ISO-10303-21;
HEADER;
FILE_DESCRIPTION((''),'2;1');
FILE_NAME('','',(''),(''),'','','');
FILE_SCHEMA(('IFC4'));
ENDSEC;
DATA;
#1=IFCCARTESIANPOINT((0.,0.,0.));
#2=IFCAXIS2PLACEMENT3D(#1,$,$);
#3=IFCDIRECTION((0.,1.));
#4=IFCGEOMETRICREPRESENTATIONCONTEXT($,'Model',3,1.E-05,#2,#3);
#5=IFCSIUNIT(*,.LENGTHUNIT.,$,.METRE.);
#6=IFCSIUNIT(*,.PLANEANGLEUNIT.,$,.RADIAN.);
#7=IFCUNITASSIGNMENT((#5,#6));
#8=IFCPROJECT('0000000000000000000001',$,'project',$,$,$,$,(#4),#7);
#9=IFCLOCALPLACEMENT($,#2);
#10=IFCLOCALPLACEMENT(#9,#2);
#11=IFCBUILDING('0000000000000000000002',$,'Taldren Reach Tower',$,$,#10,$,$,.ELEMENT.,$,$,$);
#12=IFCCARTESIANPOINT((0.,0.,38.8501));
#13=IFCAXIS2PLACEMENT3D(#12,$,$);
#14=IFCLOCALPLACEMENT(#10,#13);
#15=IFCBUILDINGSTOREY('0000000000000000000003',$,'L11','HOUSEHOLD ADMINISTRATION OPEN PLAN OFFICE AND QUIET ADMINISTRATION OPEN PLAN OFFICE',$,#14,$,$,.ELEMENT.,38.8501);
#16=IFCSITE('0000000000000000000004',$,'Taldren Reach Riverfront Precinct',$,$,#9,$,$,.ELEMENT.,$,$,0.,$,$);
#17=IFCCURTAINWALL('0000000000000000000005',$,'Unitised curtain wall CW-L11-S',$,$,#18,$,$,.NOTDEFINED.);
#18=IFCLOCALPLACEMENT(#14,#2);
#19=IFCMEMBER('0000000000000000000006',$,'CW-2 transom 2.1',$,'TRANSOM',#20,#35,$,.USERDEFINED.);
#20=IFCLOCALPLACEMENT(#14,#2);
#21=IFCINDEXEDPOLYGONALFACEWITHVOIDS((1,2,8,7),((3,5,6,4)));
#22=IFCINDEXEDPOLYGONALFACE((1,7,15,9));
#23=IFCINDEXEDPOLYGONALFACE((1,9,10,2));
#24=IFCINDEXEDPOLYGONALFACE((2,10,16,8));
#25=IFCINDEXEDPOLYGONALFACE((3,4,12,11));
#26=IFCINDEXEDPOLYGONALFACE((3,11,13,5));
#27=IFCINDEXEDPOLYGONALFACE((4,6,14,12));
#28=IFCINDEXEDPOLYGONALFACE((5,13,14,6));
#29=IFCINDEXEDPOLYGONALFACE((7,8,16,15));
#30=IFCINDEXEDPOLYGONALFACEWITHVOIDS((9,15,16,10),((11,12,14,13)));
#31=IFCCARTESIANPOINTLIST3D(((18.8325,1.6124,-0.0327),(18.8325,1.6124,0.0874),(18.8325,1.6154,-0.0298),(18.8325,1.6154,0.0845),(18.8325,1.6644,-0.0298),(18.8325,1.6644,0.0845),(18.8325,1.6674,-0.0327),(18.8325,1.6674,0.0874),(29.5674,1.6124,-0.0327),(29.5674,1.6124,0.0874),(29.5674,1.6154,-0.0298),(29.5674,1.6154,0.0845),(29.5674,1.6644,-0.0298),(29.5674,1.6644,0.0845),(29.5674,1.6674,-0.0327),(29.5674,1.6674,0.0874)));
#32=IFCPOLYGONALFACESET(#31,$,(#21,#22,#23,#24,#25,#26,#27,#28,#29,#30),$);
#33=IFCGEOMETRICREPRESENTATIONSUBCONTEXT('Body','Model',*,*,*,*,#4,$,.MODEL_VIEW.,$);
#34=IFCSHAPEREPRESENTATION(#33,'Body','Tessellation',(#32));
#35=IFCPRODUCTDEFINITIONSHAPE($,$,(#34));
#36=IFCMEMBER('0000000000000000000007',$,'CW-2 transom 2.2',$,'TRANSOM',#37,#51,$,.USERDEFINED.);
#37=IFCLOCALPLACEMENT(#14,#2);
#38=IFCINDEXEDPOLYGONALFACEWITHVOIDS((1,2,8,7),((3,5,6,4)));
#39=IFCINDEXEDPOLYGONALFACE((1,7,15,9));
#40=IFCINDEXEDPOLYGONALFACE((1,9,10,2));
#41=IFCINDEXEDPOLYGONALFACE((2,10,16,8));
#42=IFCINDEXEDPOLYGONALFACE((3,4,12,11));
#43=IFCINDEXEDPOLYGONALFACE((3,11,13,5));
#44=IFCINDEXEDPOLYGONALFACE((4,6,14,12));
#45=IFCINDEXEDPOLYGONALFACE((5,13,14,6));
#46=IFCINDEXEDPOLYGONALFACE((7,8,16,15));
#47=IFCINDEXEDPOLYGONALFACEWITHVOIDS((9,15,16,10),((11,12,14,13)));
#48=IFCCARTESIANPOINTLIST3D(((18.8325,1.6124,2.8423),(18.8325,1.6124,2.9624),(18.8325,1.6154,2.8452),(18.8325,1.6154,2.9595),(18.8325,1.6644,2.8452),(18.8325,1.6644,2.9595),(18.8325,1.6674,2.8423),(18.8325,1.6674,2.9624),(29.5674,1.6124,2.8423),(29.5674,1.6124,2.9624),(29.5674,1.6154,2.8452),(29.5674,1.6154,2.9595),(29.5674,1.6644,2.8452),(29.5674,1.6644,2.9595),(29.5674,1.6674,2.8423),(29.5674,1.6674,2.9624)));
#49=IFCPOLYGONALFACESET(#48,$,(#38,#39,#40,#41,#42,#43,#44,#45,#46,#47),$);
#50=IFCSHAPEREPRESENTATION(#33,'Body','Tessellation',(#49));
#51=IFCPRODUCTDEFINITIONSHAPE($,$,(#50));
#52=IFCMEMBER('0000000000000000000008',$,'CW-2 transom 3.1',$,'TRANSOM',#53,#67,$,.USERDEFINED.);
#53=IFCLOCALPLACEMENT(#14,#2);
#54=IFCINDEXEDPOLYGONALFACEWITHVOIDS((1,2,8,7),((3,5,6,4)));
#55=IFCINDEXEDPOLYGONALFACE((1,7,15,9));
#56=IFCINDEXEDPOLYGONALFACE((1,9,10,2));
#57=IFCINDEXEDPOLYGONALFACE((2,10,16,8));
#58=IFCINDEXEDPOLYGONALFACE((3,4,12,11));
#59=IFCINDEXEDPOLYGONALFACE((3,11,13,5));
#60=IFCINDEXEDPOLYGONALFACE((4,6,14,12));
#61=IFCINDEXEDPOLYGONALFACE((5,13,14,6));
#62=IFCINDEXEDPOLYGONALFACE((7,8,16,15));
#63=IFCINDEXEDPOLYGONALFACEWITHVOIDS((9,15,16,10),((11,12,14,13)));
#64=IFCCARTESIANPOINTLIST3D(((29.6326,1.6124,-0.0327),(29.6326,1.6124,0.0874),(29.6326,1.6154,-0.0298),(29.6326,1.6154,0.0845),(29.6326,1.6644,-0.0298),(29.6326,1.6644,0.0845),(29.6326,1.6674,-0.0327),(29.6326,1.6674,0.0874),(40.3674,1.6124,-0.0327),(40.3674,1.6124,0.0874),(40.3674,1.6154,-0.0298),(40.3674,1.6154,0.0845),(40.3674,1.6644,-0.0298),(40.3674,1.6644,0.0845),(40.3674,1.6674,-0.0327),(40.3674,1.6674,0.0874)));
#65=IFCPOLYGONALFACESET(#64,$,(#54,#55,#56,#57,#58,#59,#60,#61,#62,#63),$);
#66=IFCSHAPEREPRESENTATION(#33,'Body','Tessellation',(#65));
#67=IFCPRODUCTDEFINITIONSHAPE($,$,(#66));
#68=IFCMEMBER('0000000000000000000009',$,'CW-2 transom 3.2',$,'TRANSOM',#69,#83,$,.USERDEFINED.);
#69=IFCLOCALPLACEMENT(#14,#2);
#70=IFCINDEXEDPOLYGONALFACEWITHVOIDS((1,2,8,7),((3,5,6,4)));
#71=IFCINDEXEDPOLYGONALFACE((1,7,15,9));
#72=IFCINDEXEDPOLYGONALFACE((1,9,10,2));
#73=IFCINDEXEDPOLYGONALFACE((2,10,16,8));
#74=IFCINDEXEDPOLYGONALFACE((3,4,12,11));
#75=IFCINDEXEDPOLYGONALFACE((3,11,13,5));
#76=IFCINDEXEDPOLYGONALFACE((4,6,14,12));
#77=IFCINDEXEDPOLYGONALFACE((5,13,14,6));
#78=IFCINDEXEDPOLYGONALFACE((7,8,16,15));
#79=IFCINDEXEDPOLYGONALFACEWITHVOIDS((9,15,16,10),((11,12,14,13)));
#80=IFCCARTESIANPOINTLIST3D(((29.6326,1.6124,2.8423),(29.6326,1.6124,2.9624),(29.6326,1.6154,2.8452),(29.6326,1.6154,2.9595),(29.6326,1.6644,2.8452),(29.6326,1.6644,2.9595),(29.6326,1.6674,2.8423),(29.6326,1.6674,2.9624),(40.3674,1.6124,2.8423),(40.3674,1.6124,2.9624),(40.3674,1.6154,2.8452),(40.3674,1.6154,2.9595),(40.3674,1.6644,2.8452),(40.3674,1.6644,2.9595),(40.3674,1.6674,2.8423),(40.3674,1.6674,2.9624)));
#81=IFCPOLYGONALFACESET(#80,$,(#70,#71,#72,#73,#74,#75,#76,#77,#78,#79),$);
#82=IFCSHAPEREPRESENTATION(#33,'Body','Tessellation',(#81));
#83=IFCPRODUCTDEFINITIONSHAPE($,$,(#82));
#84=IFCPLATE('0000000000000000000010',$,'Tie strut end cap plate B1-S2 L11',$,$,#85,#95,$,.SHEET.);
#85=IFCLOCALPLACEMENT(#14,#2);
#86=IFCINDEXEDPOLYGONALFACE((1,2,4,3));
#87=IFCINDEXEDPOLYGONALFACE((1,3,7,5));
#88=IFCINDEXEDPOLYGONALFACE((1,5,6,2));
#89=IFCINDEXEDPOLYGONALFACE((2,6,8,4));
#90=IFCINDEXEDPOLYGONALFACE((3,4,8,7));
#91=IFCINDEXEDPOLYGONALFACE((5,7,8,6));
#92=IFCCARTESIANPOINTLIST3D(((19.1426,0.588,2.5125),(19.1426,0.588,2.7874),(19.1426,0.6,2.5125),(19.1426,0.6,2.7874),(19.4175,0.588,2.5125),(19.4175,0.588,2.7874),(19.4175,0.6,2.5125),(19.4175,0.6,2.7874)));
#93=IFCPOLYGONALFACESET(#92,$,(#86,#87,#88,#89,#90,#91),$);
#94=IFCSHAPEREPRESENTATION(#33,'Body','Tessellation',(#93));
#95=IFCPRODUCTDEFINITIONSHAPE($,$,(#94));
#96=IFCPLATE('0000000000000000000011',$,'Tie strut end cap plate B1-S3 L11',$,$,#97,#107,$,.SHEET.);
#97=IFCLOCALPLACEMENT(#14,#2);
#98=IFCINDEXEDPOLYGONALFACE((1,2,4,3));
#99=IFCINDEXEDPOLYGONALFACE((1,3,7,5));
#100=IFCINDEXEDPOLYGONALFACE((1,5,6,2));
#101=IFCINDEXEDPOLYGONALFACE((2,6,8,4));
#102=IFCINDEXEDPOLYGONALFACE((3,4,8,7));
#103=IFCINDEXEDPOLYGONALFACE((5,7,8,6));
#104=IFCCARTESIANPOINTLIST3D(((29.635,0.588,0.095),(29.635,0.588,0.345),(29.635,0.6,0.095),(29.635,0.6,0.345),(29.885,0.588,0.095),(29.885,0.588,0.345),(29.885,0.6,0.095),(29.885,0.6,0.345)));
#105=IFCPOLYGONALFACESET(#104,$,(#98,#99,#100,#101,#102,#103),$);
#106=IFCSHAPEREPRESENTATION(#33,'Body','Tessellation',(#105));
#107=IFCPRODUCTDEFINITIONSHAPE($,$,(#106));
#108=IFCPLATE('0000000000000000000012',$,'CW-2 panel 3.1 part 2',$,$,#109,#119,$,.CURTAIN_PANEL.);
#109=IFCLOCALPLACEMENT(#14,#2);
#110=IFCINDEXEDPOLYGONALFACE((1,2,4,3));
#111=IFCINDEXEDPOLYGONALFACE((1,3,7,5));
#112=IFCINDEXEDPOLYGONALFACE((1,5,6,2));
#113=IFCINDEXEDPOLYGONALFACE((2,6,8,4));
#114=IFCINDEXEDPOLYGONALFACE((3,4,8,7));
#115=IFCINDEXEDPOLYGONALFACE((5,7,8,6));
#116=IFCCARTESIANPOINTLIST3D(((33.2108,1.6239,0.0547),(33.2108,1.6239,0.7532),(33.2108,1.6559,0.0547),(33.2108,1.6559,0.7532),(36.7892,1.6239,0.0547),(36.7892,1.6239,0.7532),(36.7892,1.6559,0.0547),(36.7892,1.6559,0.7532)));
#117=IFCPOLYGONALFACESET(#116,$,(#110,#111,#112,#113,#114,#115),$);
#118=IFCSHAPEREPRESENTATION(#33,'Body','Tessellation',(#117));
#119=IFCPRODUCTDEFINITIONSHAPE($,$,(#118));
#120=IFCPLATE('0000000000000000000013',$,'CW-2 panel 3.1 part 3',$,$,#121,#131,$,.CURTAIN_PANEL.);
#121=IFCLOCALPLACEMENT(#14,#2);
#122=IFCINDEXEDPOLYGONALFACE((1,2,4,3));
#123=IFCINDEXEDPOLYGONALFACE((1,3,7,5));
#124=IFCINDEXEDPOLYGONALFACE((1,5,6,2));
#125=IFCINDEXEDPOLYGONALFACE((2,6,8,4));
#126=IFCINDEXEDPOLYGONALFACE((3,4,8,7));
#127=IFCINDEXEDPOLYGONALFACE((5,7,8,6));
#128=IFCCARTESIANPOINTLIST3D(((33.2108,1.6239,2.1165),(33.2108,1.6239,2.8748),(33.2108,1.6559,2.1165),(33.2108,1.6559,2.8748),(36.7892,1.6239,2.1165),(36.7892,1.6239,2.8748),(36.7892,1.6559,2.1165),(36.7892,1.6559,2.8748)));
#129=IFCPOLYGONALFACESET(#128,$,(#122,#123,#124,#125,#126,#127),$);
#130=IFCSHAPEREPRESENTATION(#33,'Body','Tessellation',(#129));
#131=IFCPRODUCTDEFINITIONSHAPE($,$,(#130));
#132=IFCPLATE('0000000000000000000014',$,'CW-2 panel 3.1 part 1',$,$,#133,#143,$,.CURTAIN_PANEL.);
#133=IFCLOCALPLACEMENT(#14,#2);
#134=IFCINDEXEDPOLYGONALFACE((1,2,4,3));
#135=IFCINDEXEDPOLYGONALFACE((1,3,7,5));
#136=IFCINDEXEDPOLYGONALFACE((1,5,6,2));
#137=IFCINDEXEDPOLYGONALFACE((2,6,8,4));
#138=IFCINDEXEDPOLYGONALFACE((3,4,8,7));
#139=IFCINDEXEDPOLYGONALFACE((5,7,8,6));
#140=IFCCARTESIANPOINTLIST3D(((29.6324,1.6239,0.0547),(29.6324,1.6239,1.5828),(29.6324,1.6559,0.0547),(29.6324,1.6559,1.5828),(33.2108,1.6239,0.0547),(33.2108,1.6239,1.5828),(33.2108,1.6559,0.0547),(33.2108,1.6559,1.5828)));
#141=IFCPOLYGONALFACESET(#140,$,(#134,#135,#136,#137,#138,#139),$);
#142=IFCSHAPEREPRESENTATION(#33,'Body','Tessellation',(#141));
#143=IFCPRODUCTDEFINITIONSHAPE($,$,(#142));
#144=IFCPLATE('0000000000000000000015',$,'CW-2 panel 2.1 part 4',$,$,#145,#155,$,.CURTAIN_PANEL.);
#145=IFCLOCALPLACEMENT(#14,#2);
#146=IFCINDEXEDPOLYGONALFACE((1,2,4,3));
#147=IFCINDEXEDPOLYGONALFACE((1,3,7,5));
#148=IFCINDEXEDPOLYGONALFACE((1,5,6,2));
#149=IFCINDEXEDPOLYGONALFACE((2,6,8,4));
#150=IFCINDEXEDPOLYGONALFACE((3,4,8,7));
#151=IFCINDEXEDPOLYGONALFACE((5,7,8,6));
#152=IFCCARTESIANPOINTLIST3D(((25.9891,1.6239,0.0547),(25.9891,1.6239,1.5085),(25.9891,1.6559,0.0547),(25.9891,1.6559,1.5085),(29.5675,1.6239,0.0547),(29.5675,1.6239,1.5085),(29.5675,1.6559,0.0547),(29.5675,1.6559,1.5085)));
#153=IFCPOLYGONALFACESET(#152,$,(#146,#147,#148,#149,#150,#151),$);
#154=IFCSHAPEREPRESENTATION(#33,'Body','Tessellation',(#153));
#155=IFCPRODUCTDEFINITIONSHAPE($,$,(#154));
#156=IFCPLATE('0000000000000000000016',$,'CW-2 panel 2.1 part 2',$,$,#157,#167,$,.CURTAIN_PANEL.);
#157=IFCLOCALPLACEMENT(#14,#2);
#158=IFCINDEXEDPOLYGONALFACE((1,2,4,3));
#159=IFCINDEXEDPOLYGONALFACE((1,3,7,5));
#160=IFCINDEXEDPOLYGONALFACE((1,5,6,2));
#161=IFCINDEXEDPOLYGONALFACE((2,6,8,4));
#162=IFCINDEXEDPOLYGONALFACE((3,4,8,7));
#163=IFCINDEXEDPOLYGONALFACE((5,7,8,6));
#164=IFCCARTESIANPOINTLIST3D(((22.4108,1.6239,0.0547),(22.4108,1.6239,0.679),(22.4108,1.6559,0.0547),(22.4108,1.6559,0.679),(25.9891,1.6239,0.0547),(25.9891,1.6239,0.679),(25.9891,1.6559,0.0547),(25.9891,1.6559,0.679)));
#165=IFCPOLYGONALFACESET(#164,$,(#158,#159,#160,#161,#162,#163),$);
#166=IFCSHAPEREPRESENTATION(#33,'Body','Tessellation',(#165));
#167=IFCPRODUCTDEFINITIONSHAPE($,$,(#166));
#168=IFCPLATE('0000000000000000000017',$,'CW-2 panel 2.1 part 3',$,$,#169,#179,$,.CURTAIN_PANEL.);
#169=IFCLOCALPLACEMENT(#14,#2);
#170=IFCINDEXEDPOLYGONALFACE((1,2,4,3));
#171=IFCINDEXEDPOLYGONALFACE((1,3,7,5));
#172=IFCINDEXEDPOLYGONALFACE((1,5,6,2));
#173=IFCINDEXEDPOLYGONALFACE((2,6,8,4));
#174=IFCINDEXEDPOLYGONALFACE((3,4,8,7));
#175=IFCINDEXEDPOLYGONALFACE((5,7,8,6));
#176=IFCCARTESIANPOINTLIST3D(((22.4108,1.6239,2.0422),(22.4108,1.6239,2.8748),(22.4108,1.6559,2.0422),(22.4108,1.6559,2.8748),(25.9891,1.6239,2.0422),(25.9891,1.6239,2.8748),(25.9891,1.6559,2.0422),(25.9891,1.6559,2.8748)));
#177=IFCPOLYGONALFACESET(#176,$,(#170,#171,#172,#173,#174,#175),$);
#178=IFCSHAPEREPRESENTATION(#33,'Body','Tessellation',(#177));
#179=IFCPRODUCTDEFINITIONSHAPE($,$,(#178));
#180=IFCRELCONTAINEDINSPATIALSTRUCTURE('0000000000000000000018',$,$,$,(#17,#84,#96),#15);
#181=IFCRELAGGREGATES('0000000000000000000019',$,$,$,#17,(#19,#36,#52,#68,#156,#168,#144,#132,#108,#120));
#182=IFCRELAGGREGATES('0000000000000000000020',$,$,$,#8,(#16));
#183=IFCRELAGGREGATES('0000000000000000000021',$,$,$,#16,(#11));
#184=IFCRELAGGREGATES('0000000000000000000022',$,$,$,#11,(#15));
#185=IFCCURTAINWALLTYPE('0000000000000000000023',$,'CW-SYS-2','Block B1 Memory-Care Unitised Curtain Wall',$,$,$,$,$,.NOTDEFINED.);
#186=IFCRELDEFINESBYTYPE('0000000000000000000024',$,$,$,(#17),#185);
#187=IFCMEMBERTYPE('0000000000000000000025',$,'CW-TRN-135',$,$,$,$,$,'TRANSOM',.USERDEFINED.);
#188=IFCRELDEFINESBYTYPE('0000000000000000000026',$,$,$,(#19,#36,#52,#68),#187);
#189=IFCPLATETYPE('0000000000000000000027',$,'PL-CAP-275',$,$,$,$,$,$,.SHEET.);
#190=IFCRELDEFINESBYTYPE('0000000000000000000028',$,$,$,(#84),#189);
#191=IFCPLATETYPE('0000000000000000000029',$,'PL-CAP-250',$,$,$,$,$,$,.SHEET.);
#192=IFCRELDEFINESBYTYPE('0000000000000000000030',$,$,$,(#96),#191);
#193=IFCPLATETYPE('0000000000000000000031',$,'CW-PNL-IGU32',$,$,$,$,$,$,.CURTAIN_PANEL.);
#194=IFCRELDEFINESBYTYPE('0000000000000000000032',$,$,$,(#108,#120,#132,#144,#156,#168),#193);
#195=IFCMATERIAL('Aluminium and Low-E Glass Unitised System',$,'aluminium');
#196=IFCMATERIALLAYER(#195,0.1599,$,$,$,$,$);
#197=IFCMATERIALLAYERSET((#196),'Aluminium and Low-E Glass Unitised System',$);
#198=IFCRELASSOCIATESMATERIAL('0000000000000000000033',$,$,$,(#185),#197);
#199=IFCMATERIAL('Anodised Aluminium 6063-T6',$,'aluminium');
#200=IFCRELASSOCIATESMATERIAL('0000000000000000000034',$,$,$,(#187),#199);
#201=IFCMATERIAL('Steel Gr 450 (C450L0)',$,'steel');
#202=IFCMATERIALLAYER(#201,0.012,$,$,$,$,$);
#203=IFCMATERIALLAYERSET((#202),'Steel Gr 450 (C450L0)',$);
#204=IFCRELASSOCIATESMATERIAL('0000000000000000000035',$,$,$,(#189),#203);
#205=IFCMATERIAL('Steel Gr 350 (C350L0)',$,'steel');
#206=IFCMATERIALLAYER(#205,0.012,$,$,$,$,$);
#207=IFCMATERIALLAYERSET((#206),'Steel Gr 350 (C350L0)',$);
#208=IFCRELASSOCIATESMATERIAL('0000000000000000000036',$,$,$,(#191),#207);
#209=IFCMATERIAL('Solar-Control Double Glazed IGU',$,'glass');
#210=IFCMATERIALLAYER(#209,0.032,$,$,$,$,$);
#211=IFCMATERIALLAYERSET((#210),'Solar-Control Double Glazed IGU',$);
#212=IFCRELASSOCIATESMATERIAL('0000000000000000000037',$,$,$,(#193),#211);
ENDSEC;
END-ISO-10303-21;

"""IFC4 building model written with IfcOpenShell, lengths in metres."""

from ifc_helpers import new_model, si_unit, direction, frame, origin, origin_2d, place, context, subcontext, project, spatial, rectangle, hollow_rectangle, extrude, source, transform, mapped, material, layer, layer_set, material_profile, profile_set, type_object, element, aggregate, save


model = new_model("IFC4")

# Units and contexts
model_context = context("Model", 3, precision=1e-05, world=origin(), true_north=direction((0.0, 1.0)))
body_context = subcontext(model_context, "Body", "Model", "MODEL_VIEW")
ifc_project = project(units=[si_unit("LENGTHUNIT", "METRE"), si_unit("PLANEANGLEUNIT", "RADIAN")], contexts=[model_context])

# Site, building, storey
site_placement = place(None, origin())
site = spatial("IfcSite", under=ifc_project, at=site_placement, Name="Taldren Reach Riverfront Precinct", CompositionType="ELEMENT", RefElevation=0.0)
building_placement = place(site_placement, origin())
building = spatial("IfcBuilding", under=site, at=building_placement, Name="Taldren Reach Tower", CompositionType="ELEMENT")
storey_placement = place(building_placement, frame((0.0, 0.0, 38.8501)))
storey = spatial("IfcBuildingStorey", under=building, at=storey_placement, Name="L11", Description="HOUSEHOLD ADMINISTRATION OPEN PLAN OFFICE AND QUIET ADMINISTRATION OPEN PLAN OFFICE", CompositionType="ELEMENT", Elevation=38.8501)

# Shared definitions
ifc_material_1 = material(Name="Steel Gr 450 (C450L0)", Category="steel")
ifc_material_2 = material(Name="Steel Gr 350 (C350L0)", Category="steel")

# Curtain wall, members
ifc_material_3 = material(Name="Aluminium and Low-E Glass Unitised System", Category="aluminium")
ifc_layer_1 = layer(ifc_material_3, 0.1599)
ifc_layer_set_1 = layer_set([ifc_layer_1], Name="Aluminium and Low-E Glass Unitised System")
curtain_wall_type = type_object("IfcCurtainWallType", Name="CW-SYS-2", Description="Block B1 Memory-Care Unitised Curtain Wall", PredefinedType="NOTDEFINED", material=ifc_layer_set_1)
curtain_wall_placement = place(storey_placement, origin())
curtain_wall = element("IfcCurtainWall", 1, at=curtain_wall_placement, inside=storey, type_object=curtain_wall_type, Name="Unitised curtain wall CW-L11-S", PredefinedType="NOTDEFINED")
ifc_material_4 = material(Name="Anodised Aluminium 6063-T6", Category="aluminium")
ifc_material_profile_1 = material_profile(ifc_material_4, hollow_rectangle(XDim=0.0549, YDim=0.1201, WallThickness=0.0029, at=origin_2d()), Name="ALU-120x55x3RHS")
ifc_profile_set_1 = profile_set([ifc_material_profile_1], Name="Anodised Aluminium 6063-T6")
member_type_1 = type_object("IfcMemberType", Name="CW-TRN-135", ElementType="TRANSOM", PredefinedType="USERDEFINED", material=ifc_profile_set_1)
shared_shape_1 = source(origin(), body_context, "Body", "SweptSolid", [
    extrude(hollow_rectangle(XDim=0.0549, YDim=0.1201, WallThickness=0.0029, at=origin_2d()), origin(), (0.0, 0.0, 1.0), 10.7349),
])
member_1_placement = place(storey_placement, frame((18.8325, 1.6399, 0.0273), z_axis=(1.0, 0.0, 0.0), x_axis=(0.0, 1.0, 0.0)))
member_1 = element("IfcMember", 2, at=member_1_placement, type_object=member_type_1, Name="CW-2 transom 2.1", ObjectType="TRANSOM", PredefinedType="USERDEFINED", context=body_context, shape_type="MappedRepresentation", body=[
    mapped(shared_shape_1, transform((0.0, 0.0, 0.0), scale=1.0)),
])
member_2_placement = place(storey_placement, frame((18.8325, 1.6399, 2.9023), z_axis=(1.0, 0.0, 0.0), x_axis=(0.0, 1.0, 0.0)))
member_2 = element("IfcMember", 3, at=member_2_placement, type_object=member_type_1, Name="CW-2 transom 2.2", ObjectType="TRANSOM", PredefinedType="USERDEFINED", context=body_context, shape_type="MappedRepresentation", body=[
    mapped(shared_shape_1, transform((0.0, 0.0, 0.0), scale=1.0)),
])
member_3_placement = place(storey_placement, frame((29.6326, 1.6399, 0.0273), z_axis=(1.0, 0.0, 0.0), x_axis=(0.0, 1.0, 0.0)))
member_3 = element("IfcMember", 4, at=member_3_placement, type_object=member_type_1, Name="CW-2 transom 3.1", ObjectType="TRANSOM", PredefinedType="USERDEFINED", context=body_context, shape_type="MappedRepresentation", body=[
    mapped(shared_shape_1, transform((0.0, 0.0, 0.0), scale=1.0)),
])
member_4_placement = place(storey_placement, frame((29.6326, 1.6399, 2.9023), z_axis=(1.0, 0.0, 0.0), x_axis=(0.0, 1.0, 0.0)))
member_4 = element("IfcMember", 5, at=member_4_placement, type_object=member_type_1, Name="CW-2 transom 3.2", ObjectType="TRANSOM", PredefinedType="USERDEFINED", context=body_context, shape_type="MappedRepresentation", body=[
    mapped(shared_shape_1, transform((0.0, 0.0, 0.0), scale=1.0)),
])

# Plates
ifc_layer_2 = layer(ifc_material_1, 0.012)
ifc_layer_set_2 = layer_set([ifc_layer_2], Name="Steel Gr 450 (C450L0)")
plate_type_1 = type_object("IfcPlateType", Name="PL-CAP-275", PredefinedType="SHEET", material=ifc_layer_set_2)
shared_shape_2 = source(origin(), body_context, "Body", "SweptSolid", [
    extrude(rectangle(XDim=0.2749, YDim=0.012, at=origin_2d()), origin(), (0.0, 0.0, 1.0), 0.2749),
])
plate_1_placement = place(storey_placement, frame((19.28, 0.594, 2.5125), z_axis=(0.0, 0.0, 1.0), x_axis=(1.0, 0.0, 0.0)))
element("IfcPlate", 6, at=plate_1_placement, inside=storey, type_object=plate_type_1, Name="Tie strut end cap plate B1-S2 L11", PredefinedType="SHEET", context=body_context, shape_type="MappedRepresentation", body=[
    mapped(shared_shape_2, transform((0.0, 0.0, 0.0), scale=1.0)),
])
ifc_layer_3 = layer(ifc_material_2, 0.012)
ifc_layer_set_3 = layer_set([ifc_layer_3], Name="Steel Gr 350 (C350L0)")
plate_type_2 = type_object("IfcPlateType", Name="PL-CAP-250", PredefinedType="SHEET", material=ifc_layer_set_3)
shared_shape_3 = source(origin(), body_context, "Body", "SweptSolid", [
    extrude(rectangle(XDim=0.25, YDim=0.012, at=origin_2d()), origin(), (0.0, 0.0, 1.0), 0.25),
])
plate_2_placement = place(storey_placement, frame((29.76, 0.594, 0.095), z_axis=(0.0, 0.0, 1.0), x_axis=(1.0, 0.0, 0.0)))
element("IfcPlate", 7, at=plate_2_placement, inside=storey, type_object=plate_type_2, Name="Tie strut end cap plate B1-S3 L11", PredefinedType="SHEET", context=body_context, shape_type="MappedRepresentation", body=[
    mapped(shared_shape_3, transform((0.0, 0.0, 0.0), scale=1.0)),
])

# Plates
ifc_material_5 = material(Name="Solar-Control Double Glazed IGU", Category="glass")
ifc_layer_4 = layer(ifc_material_5, 0.032)
ifc_layer_set_4 = layer_set([ifc_layer_4], Name="Solar-Control Double Glazed IGU")
plate_type_3 = type_object("IfcPlateType", Name="CW-PNL-IGU32", PredefinedType="CURTAIN_PANEL", material=ifc_layer_set_4)
shared_shape_4 = source(origin(), body_context, "Body", "SweptSolid", [
    extrude(rectangle(XDim=3.5784, YDim=0.032, at=origin_2d()), origin(), (0.0, 0.0, 1.0), 0.6985),
])
plate_3_placement = place(storey_placement, frame((35.0, 1.6399, 0.0547), z_axis=(0.0, 0.0, 1.0), x_axis=(1.0, 0.0, 0.0)))
plate_3 = element("IfcPlate", 8, at=plate_3_placement, type_object=plate_type_3, Name="CW-2 panel 3.1 part 2", PredefinedType="CURTAIN_PANEL", context=body_context, shape_type="MappedRepresentation", body=[
    mapped(shared_shape_4, transform((0.0, 0.0, 0.0), scale=1.0)),
])
shared_shape_5 = source(origin(), body_context, "Body", "SweptSolid", [
    extrude(rectangle(XDim=3.5784, YDim=0.032, at=origin_2d()), origin(), (0.0, 0.0, 1.0), 0.7583),
])
plate_4_placement = place(storey_placement, frame((35.0, 1.6399, 2.1165), z_axis=(0.0, 0.0, 1.0), x_axis=(1.0, 0.0, 0.0)))
plate_4 = element("IfcPlate", 9, at=plate_4_placement, type_object=plate_type_3, Name="CW-2 panel 3.1 part 3", PredefinedType="CURTAIN_PANEL", context=body_context, shape_type="MappedRepresentation", body=[
    mapped(shared_shape_5, transform((0.0, 0.0, 0.0), scale=1.0)),
])
shared_shape_6 = source(origin(), body_context, "Body", "SweptSolid", [
    extrude(rectangle(XDim=3.5784, YDim=0.032, at=origin_2d()), origin(), (0.0, 0.0, 1.0), 1.5281),
])
plate_5_placement = place(storey_placement, frame((31.4216, 1.6399, 0.0547), z_axis=(0.0, 0.0, 1.0), x_axis=(1.0, 0.0, 0.0)))
plate_5 = element("IfcPlate", 10, at=plate_5_placement, type_object=plate_type_3, Name="CW-2 panel 3.1 part 1", PredefinedType="CURTAIN_PANEL", context=body_context, shape_type="MappedRepresentation", body=[
    mapped(shared_shape_6, transform((0.0, 0.0, 0.0), scale=1.0)),
])
shared_shape_7 = source(origin(), body_context, "Body", "SweptSolid", [
    extrude(rectangle(XDim=3.5784, YDim=0.032, at=origin_2d()), origin(), (0.0, 0.0, 1.0), 1.4539),
])
plate_6_placement = place(storey_placement, frame((27.7783, 1.6399, 0.0547), z_axis=(0.0, 0.0, 1.0), x_axis=(1.0, 0.0, 0.0)))
plate_6 = element("IfcPlate", 11, at=plate_6_placement, type_object=plate_type_3, Name="CW-2 panel 2.1 part 4", PredefinedType="CURTAIN_PANEL", context=body_context, shape_type="MappedRepresentation", body=[
    mapped(shared_shape_7, transform((0.0, 0.0, 0.0), scale=1.0)),
])
shared_shape_8 = source(origin(), body_context, "Body", "SweptSolid", [
    extrude(rectangle(XDim=3.5784, YDim=0.032, at=origin_2d()), origin(), (0.0, 0.0, 1.0), 0.6243),
])
plate_7_placement = place(storey_placement, frame((24.2, 1.6399, 0.0547), z_axis=(0.0, 0.0, 1.0), x_axis=(1.0, 0.0, 0.0)))
plate_7 = element("IfcPlate", 12, at=plate_7_placement, type_object=plate_type_3, Name="CW-2 panel 2.1 part 2", PredefinedType="CURTAIN_PANEL", context=body_context, shape_type="MappedRepresentation", body=[
    mapped(shared_shape_8, transform((0.0, 0.0, 0.0), scale=1.0)),
])
shared_shape_9 = source(origin(), body_context, "Body", "SweptSolid", [
    extrude(rectangle(XDim=3.5784, YDim=0.032, at=origin_2d()), origin(), (0.0, 0.0, 1.0), 0.8325),
])
plate_8_placement = place(storey_placement, frame((24.2, 1.6399, 2.0422), z_axis=(0.0, 0.0, 1.0), x_axis=(1.0, 0.0, 0.0)))
plate_8 = element("IfcPlate", 13, at=plate_8_placement, type_object=plate_type_3, Name="CW-2 panel 2.1 part 3", PredefinedType="CURTAIN_PANEL", context=body_context, shape_type="MappedRepresentation", body=[
    mapped(shared_shape_9, transform((0.0, 0.0, 0.0), scale=1.0)),
])
aggregate(curtain_wall, [member_1, member_2, member_3, member_4, plate_7, plate_8, plate_6, plate_5, plate_3, plate_4])

save(model, "model.ifc")
